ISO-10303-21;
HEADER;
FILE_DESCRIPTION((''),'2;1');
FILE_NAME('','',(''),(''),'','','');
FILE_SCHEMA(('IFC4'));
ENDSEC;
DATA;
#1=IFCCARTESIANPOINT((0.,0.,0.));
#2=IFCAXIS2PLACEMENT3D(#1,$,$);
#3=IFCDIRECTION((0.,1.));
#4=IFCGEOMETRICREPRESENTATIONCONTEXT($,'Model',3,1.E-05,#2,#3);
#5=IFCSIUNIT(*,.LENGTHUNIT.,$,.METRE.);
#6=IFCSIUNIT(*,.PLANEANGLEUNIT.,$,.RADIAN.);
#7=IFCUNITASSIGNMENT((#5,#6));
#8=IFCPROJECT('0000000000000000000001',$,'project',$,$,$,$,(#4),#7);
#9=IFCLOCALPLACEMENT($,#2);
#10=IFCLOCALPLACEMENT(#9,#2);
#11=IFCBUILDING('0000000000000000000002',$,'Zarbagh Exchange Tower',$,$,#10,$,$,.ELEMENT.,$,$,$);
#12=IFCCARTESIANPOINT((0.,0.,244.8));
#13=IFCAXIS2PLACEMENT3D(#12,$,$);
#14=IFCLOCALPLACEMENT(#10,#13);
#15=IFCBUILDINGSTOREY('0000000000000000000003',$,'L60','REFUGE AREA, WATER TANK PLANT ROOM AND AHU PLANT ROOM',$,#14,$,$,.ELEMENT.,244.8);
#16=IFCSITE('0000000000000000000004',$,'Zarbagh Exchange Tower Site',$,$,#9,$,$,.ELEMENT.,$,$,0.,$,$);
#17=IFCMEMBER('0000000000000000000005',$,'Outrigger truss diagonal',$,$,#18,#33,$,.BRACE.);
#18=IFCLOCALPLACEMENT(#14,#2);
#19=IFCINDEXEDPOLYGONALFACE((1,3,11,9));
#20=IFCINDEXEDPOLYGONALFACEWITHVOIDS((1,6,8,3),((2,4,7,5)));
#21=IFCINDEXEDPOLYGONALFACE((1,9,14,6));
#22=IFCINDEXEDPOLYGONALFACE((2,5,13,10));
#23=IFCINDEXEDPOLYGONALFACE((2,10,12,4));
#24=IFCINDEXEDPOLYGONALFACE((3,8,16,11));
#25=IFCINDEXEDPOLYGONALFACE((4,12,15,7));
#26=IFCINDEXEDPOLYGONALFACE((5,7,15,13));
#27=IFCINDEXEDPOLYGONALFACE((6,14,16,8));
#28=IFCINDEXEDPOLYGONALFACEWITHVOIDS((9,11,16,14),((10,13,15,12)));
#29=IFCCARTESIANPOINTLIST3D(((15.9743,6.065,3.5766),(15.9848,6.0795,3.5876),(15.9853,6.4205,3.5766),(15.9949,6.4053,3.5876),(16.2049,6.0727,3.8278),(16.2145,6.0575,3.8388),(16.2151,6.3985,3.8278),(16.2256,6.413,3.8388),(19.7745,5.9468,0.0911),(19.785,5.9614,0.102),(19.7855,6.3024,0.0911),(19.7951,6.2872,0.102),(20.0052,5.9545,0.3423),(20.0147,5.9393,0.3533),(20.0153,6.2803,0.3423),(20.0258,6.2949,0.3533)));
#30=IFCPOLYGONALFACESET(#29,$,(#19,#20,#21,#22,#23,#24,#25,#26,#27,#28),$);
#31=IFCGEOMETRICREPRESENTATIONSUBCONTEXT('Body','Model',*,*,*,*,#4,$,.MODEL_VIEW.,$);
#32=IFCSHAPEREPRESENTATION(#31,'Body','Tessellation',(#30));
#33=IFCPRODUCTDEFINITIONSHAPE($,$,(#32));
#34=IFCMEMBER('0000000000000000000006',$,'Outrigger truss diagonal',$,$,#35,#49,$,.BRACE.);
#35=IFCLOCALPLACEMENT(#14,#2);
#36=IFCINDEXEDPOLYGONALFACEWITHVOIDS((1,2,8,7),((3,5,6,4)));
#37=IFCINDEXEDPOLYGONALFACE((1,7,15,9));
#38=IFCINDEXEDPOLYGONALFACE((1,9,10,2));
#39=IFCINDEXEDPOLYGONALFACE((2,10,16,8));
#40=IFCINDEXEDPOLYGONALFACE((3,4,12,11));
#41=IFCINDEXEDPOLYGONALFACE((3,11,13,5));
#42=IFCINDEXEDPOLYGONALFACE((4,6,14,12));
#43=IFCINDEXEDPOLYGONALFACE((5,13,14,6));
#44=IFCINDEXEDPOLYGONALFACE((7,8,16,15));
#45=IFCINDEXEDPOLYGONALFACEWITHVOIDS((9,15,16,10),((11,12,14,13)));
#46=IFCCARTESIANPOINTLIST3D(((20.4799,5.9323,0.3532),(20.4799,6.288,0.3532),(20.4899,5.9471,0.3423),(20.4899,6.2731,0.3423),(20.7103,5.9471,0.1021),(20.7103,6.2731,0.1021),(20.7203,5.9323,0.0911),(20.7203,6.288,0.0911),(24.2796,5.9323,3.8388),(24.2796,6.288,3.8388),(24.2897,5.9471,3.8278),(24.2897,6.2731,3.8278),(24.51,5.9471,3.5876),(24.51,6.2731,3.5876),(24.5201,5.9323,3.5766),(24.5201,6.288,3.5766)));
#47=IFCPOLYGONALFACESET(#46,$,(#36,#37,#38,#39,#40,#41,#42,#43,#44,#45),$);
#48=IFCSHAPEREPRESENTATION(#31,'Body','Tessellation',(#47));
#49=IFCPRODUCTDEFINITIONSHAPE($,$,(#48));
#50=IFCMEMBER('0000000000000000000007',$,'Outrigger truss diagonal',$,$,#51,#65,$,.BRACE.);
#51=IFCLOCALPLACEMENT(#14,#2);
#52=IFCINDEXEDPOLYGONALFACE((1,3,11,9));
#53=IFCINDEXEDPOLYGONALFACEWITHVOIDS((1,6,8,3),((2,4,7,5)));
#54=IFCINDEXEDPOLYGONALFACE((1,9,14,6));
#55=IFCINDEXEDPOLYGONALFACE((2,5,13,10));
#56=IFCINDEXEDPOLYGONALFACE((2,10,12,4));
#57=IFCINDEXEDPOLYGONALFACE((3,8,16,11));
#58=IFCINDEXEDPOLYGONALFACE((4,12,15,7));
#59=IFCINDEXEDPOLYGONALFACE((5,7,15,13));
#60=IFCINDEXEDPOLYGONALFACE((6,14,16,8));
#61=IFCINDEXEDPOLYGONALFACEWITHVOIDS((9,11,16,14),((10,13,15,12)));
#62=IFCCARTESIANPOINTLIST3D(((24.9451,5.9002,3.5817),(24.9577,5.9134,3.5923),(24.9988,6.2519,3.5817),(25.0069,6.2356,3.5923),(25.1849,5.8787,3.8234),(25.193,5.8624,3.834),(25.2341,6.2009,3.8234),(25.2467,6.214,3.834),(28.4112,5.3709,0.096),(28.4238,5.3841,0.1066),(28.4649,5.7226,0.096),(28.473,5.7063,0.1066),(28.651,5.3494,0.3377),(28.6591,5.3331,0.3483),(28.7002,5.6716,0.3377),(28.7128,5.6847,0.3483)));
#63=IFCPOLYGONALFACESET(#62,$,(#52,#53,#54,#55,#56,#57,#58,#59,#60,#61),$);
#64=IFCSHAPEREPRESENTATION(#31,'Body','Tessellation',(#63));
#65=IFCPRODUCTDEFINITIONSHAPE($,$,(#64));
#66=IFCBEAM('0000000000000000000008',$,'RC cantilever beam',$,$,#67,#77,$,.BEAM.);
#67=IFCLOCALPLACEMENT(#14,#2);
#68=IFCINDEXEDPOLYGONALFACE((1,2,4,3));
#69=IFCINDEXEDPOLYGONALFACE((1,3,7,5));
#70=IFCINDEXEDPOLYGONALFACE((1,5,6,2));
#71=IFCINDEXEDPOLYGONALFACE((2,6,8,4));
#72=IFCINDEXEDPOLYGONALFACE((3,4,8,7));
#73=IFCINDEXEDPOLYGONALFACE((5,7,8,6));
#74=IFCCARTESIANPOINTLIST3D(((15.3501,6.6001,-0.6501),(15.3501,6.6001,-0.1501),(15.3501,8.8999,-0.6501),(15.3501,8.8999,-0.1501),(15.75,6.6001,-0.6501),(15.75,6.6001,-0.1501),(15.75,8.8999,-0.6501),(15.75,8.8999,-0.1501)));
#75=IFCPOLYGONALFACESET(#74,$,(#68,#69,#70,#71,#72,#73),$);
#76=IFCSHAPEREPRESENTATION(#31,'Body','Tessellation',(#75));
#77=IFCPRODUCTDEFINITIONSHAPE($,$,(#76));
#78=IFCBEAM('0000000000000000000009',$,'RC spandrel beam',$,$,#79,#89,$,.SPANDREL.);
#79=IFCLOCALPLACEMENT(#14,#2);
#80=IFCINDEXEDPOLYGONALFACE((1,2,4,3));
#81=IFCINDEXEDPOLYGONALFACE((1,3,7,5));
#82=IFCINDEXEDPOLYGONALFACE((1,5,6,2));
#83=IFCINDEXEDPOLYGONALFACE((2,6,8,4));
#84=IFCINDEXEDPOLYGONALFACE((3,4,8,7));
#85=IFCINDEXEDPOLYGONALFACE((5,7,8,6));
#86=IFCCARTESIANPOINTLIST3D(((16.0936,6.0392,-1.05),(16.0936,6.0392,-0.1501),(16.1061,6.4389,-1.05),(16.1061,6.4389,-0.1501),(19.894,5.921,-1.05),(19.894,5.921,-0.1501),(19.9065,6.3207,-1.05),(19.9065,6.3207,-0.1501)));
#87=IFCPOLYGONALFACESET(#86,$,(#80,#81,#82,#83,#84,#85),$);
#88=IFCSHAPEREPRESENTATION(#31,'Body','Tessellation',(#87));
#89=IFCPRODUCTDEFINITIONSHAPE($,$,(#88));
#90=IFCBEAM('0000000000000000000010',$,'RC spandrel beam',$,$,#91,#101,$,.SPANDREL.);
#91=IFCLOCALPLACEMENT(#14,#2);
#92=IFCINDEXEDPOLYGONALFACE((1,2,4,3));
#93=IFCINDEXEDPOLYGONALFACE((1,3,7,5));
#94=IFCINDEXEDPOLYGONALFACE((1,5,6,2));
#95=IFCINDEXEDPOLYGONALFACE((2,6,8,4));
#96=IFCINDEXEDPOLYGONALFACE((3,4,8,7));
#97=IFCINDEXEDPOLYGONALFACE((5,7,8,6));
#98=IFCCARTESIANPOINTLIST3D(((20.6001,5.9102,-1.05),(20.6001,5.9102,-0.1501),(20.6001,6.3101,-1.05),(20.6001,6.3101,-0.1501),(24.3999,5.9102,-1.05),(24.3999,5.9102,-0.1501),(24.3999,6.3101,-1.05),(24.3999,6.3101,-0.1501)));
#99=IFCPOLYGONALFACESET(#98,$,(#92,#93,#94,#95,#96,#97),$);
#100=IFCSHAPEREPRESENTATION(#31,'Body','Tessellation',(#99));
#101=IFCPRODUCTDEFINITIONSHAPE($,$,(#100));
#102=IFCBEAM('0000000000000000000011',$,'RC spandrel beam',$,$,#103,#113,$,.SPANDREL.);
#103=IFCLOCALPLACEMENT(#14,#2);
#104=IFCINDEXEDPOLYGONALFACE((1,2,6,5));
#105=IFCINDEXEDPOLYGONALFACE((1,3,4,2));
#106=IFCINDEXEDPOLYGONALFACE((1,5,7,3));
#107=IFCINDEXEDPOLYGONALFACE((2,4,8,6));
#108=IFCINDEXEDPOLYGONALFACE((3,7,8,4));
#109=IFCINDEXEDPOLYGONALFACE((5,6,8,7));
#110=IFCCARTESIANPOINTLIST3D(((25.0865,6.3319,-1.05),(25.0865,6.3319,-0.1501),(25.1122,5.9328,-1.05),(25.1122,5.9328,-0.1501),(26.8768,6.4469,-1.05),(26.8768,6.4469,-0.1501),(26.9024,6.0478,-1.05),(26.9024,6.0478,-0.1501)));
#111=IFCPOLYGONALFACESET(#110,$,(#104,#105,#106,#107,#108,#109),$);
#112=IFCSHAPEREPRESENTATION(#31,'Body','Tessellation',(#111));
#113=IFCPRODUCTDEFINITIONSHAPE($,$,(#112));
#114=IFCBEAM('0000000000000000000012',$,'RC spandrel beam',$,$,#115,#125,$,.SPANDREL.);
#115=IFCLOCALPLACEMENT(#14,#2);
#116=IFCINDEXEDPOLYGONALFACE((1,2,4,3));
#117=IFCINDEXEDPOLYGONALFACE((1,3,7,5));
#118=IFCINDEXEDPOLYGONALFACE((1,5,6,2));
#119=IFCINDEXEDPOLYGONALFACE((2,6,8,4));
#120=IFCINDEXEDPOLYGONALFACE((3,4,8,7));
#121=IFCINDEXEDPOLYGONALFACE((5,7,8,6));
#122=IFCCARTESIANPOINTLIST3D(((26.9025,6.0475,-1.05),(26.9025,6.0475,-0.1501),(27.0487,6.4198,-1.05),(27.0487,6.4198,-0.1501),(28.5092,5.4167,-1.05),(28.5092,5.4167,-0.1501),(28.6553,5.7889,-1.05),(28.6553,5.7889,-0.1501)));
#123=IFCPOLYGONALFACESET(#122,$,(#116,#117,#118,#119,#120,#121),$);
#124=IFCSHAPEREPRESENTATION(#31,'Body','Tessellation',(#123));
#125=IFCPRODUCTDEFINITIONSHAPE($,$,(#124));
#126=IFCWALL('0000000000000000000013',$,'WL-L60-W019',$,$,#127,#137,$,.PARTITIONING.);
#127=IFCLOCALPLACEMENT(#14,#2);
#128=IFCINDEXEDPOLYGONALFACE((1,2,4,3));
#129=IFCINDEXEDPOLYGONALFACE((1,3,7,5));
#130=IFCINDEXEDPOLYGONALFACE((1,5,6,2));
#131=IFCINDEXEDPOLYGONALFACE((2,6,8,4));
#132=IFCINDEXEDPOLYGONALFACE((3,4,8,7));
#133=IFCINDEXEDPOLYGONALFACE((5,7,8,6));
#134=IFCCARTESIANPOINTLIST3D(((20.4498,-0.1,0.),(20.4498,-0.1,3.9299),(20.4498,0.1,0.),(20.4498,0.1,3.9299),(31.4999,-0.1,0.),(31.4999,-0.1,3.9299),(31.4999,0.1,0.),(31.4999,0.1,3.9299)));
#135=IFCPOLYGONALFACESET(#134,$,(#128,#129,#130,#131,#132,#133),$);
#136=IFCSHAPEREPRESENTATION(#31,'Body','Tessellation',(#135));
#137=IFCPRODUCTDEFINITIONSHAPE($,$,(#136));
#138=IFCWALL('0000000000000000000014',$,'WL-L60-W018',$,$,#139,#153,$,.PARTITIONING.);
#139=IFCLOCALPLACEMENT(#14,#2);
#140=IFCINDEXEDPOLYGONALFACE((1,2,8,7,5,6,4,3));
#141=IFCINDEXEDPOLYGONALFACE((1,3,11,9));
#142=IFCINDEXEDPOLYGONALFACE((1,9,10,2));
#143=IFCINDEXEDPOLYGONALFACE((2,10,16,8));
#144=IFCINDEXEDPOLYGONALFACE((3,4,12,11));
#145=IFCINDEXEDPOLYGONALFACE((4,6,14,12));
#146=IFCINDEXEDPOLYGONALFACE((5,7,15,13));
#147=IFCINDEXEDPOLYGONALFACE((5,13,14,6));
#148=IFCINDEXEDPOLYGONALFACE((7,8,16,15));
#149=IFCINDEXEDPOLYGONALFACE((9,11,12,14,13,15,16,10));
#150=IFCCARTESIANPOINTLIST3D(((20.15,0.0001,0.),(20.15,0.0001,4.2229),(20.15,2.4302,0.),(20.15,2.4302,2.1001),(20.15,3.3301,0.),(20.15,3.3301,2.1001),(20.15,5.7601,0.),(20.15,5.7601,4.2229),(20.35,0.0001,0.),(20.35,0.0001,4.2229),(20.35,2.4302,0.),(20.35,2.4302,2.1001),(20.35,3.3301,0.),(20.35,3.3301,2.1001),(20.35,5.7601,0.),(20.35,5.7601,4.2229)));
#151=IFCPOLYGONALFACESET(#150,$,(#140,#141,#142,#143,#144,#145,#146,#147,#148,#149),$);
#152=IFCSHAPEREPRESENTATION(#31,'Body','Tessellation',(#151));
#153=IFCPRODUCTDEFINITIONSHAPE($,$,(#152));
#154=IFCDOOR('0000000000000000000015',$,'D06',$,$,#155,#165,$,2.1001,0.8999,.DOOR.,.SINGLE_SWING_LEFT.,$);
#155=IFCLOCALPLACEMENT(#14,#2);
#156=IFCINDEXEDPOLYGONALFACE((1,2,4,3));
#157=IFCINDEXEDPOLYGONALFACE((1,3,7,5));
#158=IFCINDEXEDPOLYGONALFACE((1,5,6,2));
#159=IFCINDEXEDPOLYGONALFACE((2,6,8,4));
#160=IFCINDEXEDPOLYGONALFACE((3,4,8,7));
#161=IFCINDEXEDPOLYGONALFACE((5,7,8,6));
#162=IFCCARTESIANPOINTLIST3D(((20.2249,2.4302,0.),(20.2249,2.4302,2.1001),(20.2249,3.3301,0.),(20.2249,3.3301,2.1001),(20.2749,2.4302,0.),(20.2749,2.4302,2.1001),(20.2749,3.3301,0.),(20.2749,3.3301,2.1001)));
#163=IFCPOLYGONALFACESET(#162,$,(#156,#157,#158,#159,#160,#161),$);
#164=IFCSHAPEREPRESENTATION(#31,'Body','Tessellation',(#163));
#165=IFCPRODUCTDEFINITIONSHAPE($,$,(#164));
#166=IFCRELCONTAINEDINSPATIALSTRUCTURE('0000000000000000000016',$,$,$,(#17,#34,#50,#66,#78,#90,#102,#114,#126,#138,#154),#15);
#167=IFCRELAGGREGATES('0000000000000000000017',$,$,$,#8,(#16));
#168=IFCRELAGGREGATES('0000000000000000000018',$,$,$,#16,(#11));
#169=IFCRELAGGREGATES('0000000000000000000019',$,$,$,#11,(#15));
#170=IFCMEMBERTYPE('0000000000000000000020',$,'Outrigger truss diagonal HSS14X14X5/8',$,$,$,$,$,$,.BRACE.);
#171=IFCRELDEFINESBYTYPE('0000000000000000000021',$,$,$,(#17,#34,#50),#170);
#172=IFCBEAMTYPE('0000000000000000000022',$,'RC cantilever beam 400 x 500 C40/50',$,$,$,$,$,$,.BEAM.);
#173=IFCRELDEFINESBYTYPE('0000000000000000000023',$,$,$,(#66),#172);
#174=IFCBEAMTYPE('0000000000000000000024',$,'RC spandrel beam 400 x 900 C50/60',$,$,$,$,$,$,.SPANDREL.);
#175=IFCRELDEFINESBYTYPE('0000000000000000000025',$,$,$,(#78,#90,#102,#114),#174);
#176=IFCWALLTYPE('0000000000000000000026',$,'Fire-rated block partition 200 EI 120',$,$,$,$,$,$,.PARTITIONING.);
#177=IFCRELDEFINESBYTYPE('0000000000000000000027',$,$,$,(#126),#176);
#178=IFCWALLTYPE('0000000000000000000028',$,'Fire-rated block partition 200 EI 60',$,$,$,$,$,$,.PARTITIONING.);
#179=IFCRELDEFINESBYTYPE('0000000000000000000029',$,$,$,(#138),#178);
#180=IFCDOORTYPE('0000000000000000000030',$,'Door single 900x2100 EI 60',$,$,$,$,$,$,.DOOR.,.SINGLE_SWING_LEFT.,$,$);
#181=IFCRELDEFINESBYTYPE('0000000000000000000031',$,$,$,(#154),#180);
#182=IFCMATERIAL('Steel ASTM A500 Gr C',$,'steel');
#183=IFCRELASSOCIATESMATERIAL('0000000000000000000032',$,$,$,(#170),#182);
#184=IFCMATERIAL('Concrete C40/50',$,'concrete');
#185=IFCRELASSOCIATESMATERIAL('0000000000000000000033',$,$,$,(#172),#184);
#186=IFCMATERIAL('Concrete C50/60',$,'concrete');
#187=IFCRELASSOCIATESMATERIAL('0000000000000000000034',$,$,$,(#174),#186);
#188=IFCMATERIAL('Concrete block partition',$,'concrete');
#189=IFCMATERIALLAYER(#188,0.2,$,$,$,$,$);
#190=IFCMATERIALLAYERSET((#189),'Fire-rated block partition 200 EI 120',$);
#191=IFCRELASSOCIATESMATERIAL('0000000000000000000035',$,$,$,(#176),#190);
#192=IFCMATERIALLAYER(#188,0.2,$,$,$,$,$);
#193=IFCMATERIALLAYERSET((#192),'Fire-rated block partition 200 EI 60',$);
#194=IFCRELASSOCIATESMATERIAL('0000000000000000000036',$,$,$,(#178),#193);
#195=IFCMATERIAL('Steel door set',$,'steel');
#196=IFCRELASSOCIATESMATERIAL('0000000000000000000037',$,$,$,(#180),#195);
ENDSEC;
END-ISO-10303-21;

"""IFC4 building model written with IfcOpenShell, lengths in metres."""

from ifc_helpers import new_model, si_unit, direction, frame, frame_2d, origin, origin_2d, place, context, subcontext, project, spatial, rectangle, hollow_rectangle, extrude, material, layer, layer_set, material_profile, profile_set, type_object, element, fill, save


model = new_model("IFC4")

# Units and contexts
model_context = context("Model", 3, precision=1e-05, world=origin(), true_north=direction((0.0, 1.0)))
body_context = subcontext(model_context, "Body", "Model", "MODEL_VIEW")
ifc_project = project(units=[si_unit("LENGTHUNIT", "METRE"), si_unit("PLANEANGLEUNIT", "RADIAN")], contexts=[model_context])

# Site, building, storey
site_placement = place(None, origin())
site = spatial("IfcSite", under=ifc_project, at=site_placement, Name="Zarbagh Exchange Tower Site", CompositionType="ELEMENT", RefElevation=0.0)
building_placement = place(site_placement, origin())
building = spatial("IfcBuilding", under=site, at=building_placement, Name="Zarbagh Exchange Tower", CompositionType="ELEMENT")
storey_placement = place(building_placement, frame((0.0, 0.0, 244.8)))
storey = spatial("IfcBuildingStorey", under=building, at=storey_placement, Name="L60", Description="REFUGE AREA, WATER TANK PLANT ROOM AND AHU PLANT ROOM", CompositionType="ELEMENT", Elevation=244.8)

# Shared definitions
ifc_material_1 = material(Name="Concrete C50/60", Category="concrete")

# Shared definitions
ifc_material_2 = material(Name="Steel ASTM A500 Gr C", Category="steel")

# Members
ifc_material_profile_1 = material_profile(ifc_material_2, hollow_rectangle(XDim=0.3557, YDim=0.3557, WallThickness=0.0149, at=origin_2d()), Name="HSS14X14X5/8")
ifc_profile_set_1 = profile_set([ifc_material_profile_1], Name="Steel ASTM A500 Gr C")
member_type_1 = type_object("IfcMemberType", Name="Outrigger truss diagonal HSS14X14X5/8", PredefinedType="BRACE", material=ifc_profile_set_1)
member_1_placement = place(storey_placement, frame((19.9001, 6.1208, 0.2222), z_axis=(-0.736768, 0.022909, 0.675757), x_axis=(-0.031078, -0.999517, 0.0)))
element("IfcMember", 1, at=member_1_placement, inside=storey, type_object=member_type_1, Name="Outrigger truss diagonal", PredefinedType="BRACE", context=body_context, shape_type="SweptSolid", body=[
    extrude(hollow_rectangle(XDim=0.3557, YDim=0.3557, WallThickness=0.0149, at=origin_2d()), origin(), (0.0, 0.0, 1.0), 5.158),
])
member_2_placement = place(storey_placement, frame((20.6001, 6.1101, 0.2222), z_axis=(0.736918, 0.0, 0.675982), x_axis=(0.0, 1.0, 0.0)))
element("IfcMember", 2, at=member_2_placement, inside=storey, type_object=member_type_1, Name="Outrigger truss diagonal", PredefinedType="BRACE", context=body_context, shape_type="SweptSolid", body=[
    extrude(hollow_rectangle(XDim=0.3557, YDim=0.3557, WallThickness=0.0149, at=origin_2d()), origin(), (0.0, 0.0, 1.0), 5.1562),
])
member_3_placement = place(storey_placement, frame((28.562, 5.5278, 0.2222), z_axis=(-0.701065, 0.107058, 0.705015), x_axis=(-0.150958, -0.98854, 0.0)))
element("IfcMember", 3, at=member_3_placement, inside=storey, type_object=member_type_1, Name="Outrigger truss diagonal", PredefinedType="BRACE", context=body_context, shape_type="SweptSolid", body=[
    extrude(hollow_rectangle(XDim=0.3557, YDim=0.3557, WallThickness=0.0149, at=origin_2d()), origin(), (0.0, 0.0, 1.0), 4.9441),
])

# Beams
ifc_material_3 = material(Name="Concrete C40/50", Category="concrete")
ifc_material_profile_2 = material_profile(ifc_material_3, rectangle(XDim=0.3999, YDim=0.5, at=origin_2d()), Name="RC cantilever beam 400 x 500 C40/50")
ifc_profile_set_2 = profile_set([ifc_material_profile_2], Name="Concrete C40/50")
beam_type_1 = type_object("IfcBeamType", Name="RC cantilever beam 400 x 500 C40/50", PredefinedType="BEAM", material=ifc_profile_set_2)
beam_1_placement = place(storey_placement, frame((15.55, 6.6001, -0.4001), z_axis=(0.0, 1.0, 0.0), x_axis=(-1.0, 0.0, 0.0)))
element("IfcBeam", 4, at=beam_1_placement, inside=storey, type_object=beam_type_1, Name="RC cantilever beam", PredefinedType="BEAM", context=body_context, shape_type="SweptSolid", body=[
    extrude(rectangle(XDim=0.3999, YDim=0.5, at=origin_2d()), origin(), (0.0, 0.0, 1.0), 2.2998),
])
ifc_material_profile_3 = material_profile(ifc_material_1, rectangle(XDim=0.3999, YDim=0.8999, at=origin_2d()), Name="RC spandrel beam 400 x 900 C50/60")
ifc_profile_set_3 = profile_set([ifc_material_profile_3], Name="Concrete C50/60")
beam_type_2 = type_object("IfcBeamType", Name="RC spandrel beam 400 x 900 C50/60", PredefinedType="SPANDREL", material=ifc_profile_set_3)
beam_2_placement = place(storey_placement, frame((16.0999, 6.239, -0.6001), z_axis=(0.999517, -0.031078, 0.0), x_axis=(0.031078, 0.999517, 0.0)))
element("IfcBeam", 5, at=beam_2_placement, inside=storey, type_object=beam_type_2, Name="RC spandrel beam", PredefinedType="SPANDREL", context=body_context, shape_type="SweptSolid", body=[
    extrude(rectangle(XDim=0.3999, YDim=0.8999, at=origin_2d()), origin(), (0.0, 0.0, 1.0), 3.8022),
])
beam_3_placement = place(storey_placement, frame((20.6001, 6.1101, -0.6001), z_axis=(1.0, 0.0, 0.0), x_axis=(0.0, 1.0, 0.0)))
element("IfcBeam", 6, at=beam_3_placement, inside=storey, type_object=beam_type_2, Name="RC spandrel beam", PredefinedType="SPANDREL", context=body_context, shape_type="SweptSolid", body=[
    extrude(rectangle(XDim=0.3999, YDim=0.8999, at=origin_2d()), origin(), (0.0, 0.0, 1.0), 3.7998),
])
beam_4_placement = place(storey_placement, frame((25.0994, 6.1323, -0.6001), z_axis=(0.997944, 0.064098, 0.0), x_axis=(-0.064098, 0.997944, 0.0)))
element("IfcBeam", 7, at=beam_4_placement, inside=storey, type_object=beam_type_2, Name="RC spandrel beam", PredefinedType="SPANDREL", context=body_context, shape_type="SweptSolid", body=[
    extrude(rectangle(XDim=0.3999, YDim=0.8999, at=origin_2d()), origin(), (0.0, 0.0, 1.0), 1.7939),
])
beam_5_placement = place(storey_placement, frame((26.9756, 6.2336, -0.6001), z_axis=(0.930819, -0.365482, 0.0), x_axis=(0.365482, 0.930819, 0.0)))
element("IfcBeam", 8, at=beam_5_placement, inside=storey, type_object=beam_type_2, Name="RC spandrel beam", PredefinedType="SPANDREL", context=body_context, shape_type="SweptSolid", body=[
    extrude(rectangle(XDim=0.3999, YDim=0.8999, at=origin_2d()), origin(), (0.0, 0.0, 1.0), 1.7261),
])

# Wall
ifc_material_4 = material(Name="Concrete block partition", Category="concrete")
ifc_layer_1 = layer(ifc_material_4, 0.2)
ifc_layer_set_1 = layer_set([ifc_layer_1], Name="Fire-rated block partition 200 EI 120")
wall_type_1 = type_object("IfcWallType", Name="Fire-rated block partition 200 EI 120", PredefinedType="PARTITIONING", material=ifc_layer_set_1)
wall_1_placement = place(storey_placement, frame((20.45, 0.0, 0.0), z_axis=(0.0, 0.0, 1.0), x_axis=(1.0, 0.0, 0.0)))
element("IfcWall", 9, at=wall_1_placement, inside=storey, type_object=wall_type_1, Name="WL-L60-W019", PredefinedType="PARTITIONING", context=body_context, shape_type="SweptSolid", body=[
    extrude(rectangle(XDim=11.05, YDim=0.2, at=frame_2d((5.5249, 0.0))), origin(), (0.0, 0.0, 1.0), 3.9299),
])

# Wall, opening, door
ifc_layer_2 = layer(ifc_material_4, 0.2)
ifc_layer_set_2 = layer_set([ifc_layer_2], Name="Fire-rated block partition 200 EI 60")
wall_type_2 = type_object("IfcWallType", Name="Fire-rated block partition 200 EI 60", PredefinedType="PARTITIONING", material=ifc_layer_set_2)
wall_2_placement = place(storey_placement, frame((20.25, 5.76, 0.0), z_axis=(0.0, 0.0, 1.0), x_axis=(0.0, -1.0, 0.0)))
wall_2 = element("IfcWall", 10, at=wall_2_placement, inside=storey, type_object=wall_type_2, Name="WL-L60-W018", PredefinedType="PARTITIONING", context=body_context, shape_type="SweptSolid", body=[
    extrude(rectangle(XDim=5.76, YDim=0.2, at=frame_2d((2.8799, 0.0))), origin(), (0.0, 0.0, 1.0), 4.2229),
])
opening_placement = place(wall_2_placement, frame((2.4299, 0.0, 0.0)))
opening = element("IfcOpeningElement", 11, at=opening_placement, cuts=wall_2, PredefinedType="OPENING", context=body_context, shape_type="SweptSolid", body=[
    extrude(rectangle(XDim=0.8999, YDim=2.1001, at=frame_2d((0.45, 1.05))), frame((0.0, 0.1099, 0.0), z_axis=(0.0, -1.0, 0.0), x_axis=(1.0, 0.0, 0.0)), (0.0, 0.0, 1.0), 0.22),
])
ifc_material_5 = material(Name="Steel door set", Category="steel")
door_type = type_object("IfcDoorType", Name="Door single 900x2100 EI 60", OperationType="SINGLE_SWING_LEFT", PredefinedType="DOOR", material=ifc_material_5)
door_placement = place(opening_placement, origin())
door = element("IfcDoor", 12, at=door_placement, inside=storey, type_object=door_type, Name="D06", OperationType="SINGLE_SWING_LEFT", OverallHeight=2.1001, OverallWidth=0.8999, PredefinedType="DOOR", context=body_context, shape_type="SweptSolid", body=[
    extrude(rectangle(XDim=0.8999, YDim=2.1001, at=frame_2d((0.45, 1.05))), frame((0.0, 0.0249, 0.0), z_axis=(0.0, -1.0, 0.0), x_axis=(1.0, 0.0, 0.0)), (0.0, 0.0, 1.0), 0.05),
])
fill(opening, door)

save(model, "model.ifc")
